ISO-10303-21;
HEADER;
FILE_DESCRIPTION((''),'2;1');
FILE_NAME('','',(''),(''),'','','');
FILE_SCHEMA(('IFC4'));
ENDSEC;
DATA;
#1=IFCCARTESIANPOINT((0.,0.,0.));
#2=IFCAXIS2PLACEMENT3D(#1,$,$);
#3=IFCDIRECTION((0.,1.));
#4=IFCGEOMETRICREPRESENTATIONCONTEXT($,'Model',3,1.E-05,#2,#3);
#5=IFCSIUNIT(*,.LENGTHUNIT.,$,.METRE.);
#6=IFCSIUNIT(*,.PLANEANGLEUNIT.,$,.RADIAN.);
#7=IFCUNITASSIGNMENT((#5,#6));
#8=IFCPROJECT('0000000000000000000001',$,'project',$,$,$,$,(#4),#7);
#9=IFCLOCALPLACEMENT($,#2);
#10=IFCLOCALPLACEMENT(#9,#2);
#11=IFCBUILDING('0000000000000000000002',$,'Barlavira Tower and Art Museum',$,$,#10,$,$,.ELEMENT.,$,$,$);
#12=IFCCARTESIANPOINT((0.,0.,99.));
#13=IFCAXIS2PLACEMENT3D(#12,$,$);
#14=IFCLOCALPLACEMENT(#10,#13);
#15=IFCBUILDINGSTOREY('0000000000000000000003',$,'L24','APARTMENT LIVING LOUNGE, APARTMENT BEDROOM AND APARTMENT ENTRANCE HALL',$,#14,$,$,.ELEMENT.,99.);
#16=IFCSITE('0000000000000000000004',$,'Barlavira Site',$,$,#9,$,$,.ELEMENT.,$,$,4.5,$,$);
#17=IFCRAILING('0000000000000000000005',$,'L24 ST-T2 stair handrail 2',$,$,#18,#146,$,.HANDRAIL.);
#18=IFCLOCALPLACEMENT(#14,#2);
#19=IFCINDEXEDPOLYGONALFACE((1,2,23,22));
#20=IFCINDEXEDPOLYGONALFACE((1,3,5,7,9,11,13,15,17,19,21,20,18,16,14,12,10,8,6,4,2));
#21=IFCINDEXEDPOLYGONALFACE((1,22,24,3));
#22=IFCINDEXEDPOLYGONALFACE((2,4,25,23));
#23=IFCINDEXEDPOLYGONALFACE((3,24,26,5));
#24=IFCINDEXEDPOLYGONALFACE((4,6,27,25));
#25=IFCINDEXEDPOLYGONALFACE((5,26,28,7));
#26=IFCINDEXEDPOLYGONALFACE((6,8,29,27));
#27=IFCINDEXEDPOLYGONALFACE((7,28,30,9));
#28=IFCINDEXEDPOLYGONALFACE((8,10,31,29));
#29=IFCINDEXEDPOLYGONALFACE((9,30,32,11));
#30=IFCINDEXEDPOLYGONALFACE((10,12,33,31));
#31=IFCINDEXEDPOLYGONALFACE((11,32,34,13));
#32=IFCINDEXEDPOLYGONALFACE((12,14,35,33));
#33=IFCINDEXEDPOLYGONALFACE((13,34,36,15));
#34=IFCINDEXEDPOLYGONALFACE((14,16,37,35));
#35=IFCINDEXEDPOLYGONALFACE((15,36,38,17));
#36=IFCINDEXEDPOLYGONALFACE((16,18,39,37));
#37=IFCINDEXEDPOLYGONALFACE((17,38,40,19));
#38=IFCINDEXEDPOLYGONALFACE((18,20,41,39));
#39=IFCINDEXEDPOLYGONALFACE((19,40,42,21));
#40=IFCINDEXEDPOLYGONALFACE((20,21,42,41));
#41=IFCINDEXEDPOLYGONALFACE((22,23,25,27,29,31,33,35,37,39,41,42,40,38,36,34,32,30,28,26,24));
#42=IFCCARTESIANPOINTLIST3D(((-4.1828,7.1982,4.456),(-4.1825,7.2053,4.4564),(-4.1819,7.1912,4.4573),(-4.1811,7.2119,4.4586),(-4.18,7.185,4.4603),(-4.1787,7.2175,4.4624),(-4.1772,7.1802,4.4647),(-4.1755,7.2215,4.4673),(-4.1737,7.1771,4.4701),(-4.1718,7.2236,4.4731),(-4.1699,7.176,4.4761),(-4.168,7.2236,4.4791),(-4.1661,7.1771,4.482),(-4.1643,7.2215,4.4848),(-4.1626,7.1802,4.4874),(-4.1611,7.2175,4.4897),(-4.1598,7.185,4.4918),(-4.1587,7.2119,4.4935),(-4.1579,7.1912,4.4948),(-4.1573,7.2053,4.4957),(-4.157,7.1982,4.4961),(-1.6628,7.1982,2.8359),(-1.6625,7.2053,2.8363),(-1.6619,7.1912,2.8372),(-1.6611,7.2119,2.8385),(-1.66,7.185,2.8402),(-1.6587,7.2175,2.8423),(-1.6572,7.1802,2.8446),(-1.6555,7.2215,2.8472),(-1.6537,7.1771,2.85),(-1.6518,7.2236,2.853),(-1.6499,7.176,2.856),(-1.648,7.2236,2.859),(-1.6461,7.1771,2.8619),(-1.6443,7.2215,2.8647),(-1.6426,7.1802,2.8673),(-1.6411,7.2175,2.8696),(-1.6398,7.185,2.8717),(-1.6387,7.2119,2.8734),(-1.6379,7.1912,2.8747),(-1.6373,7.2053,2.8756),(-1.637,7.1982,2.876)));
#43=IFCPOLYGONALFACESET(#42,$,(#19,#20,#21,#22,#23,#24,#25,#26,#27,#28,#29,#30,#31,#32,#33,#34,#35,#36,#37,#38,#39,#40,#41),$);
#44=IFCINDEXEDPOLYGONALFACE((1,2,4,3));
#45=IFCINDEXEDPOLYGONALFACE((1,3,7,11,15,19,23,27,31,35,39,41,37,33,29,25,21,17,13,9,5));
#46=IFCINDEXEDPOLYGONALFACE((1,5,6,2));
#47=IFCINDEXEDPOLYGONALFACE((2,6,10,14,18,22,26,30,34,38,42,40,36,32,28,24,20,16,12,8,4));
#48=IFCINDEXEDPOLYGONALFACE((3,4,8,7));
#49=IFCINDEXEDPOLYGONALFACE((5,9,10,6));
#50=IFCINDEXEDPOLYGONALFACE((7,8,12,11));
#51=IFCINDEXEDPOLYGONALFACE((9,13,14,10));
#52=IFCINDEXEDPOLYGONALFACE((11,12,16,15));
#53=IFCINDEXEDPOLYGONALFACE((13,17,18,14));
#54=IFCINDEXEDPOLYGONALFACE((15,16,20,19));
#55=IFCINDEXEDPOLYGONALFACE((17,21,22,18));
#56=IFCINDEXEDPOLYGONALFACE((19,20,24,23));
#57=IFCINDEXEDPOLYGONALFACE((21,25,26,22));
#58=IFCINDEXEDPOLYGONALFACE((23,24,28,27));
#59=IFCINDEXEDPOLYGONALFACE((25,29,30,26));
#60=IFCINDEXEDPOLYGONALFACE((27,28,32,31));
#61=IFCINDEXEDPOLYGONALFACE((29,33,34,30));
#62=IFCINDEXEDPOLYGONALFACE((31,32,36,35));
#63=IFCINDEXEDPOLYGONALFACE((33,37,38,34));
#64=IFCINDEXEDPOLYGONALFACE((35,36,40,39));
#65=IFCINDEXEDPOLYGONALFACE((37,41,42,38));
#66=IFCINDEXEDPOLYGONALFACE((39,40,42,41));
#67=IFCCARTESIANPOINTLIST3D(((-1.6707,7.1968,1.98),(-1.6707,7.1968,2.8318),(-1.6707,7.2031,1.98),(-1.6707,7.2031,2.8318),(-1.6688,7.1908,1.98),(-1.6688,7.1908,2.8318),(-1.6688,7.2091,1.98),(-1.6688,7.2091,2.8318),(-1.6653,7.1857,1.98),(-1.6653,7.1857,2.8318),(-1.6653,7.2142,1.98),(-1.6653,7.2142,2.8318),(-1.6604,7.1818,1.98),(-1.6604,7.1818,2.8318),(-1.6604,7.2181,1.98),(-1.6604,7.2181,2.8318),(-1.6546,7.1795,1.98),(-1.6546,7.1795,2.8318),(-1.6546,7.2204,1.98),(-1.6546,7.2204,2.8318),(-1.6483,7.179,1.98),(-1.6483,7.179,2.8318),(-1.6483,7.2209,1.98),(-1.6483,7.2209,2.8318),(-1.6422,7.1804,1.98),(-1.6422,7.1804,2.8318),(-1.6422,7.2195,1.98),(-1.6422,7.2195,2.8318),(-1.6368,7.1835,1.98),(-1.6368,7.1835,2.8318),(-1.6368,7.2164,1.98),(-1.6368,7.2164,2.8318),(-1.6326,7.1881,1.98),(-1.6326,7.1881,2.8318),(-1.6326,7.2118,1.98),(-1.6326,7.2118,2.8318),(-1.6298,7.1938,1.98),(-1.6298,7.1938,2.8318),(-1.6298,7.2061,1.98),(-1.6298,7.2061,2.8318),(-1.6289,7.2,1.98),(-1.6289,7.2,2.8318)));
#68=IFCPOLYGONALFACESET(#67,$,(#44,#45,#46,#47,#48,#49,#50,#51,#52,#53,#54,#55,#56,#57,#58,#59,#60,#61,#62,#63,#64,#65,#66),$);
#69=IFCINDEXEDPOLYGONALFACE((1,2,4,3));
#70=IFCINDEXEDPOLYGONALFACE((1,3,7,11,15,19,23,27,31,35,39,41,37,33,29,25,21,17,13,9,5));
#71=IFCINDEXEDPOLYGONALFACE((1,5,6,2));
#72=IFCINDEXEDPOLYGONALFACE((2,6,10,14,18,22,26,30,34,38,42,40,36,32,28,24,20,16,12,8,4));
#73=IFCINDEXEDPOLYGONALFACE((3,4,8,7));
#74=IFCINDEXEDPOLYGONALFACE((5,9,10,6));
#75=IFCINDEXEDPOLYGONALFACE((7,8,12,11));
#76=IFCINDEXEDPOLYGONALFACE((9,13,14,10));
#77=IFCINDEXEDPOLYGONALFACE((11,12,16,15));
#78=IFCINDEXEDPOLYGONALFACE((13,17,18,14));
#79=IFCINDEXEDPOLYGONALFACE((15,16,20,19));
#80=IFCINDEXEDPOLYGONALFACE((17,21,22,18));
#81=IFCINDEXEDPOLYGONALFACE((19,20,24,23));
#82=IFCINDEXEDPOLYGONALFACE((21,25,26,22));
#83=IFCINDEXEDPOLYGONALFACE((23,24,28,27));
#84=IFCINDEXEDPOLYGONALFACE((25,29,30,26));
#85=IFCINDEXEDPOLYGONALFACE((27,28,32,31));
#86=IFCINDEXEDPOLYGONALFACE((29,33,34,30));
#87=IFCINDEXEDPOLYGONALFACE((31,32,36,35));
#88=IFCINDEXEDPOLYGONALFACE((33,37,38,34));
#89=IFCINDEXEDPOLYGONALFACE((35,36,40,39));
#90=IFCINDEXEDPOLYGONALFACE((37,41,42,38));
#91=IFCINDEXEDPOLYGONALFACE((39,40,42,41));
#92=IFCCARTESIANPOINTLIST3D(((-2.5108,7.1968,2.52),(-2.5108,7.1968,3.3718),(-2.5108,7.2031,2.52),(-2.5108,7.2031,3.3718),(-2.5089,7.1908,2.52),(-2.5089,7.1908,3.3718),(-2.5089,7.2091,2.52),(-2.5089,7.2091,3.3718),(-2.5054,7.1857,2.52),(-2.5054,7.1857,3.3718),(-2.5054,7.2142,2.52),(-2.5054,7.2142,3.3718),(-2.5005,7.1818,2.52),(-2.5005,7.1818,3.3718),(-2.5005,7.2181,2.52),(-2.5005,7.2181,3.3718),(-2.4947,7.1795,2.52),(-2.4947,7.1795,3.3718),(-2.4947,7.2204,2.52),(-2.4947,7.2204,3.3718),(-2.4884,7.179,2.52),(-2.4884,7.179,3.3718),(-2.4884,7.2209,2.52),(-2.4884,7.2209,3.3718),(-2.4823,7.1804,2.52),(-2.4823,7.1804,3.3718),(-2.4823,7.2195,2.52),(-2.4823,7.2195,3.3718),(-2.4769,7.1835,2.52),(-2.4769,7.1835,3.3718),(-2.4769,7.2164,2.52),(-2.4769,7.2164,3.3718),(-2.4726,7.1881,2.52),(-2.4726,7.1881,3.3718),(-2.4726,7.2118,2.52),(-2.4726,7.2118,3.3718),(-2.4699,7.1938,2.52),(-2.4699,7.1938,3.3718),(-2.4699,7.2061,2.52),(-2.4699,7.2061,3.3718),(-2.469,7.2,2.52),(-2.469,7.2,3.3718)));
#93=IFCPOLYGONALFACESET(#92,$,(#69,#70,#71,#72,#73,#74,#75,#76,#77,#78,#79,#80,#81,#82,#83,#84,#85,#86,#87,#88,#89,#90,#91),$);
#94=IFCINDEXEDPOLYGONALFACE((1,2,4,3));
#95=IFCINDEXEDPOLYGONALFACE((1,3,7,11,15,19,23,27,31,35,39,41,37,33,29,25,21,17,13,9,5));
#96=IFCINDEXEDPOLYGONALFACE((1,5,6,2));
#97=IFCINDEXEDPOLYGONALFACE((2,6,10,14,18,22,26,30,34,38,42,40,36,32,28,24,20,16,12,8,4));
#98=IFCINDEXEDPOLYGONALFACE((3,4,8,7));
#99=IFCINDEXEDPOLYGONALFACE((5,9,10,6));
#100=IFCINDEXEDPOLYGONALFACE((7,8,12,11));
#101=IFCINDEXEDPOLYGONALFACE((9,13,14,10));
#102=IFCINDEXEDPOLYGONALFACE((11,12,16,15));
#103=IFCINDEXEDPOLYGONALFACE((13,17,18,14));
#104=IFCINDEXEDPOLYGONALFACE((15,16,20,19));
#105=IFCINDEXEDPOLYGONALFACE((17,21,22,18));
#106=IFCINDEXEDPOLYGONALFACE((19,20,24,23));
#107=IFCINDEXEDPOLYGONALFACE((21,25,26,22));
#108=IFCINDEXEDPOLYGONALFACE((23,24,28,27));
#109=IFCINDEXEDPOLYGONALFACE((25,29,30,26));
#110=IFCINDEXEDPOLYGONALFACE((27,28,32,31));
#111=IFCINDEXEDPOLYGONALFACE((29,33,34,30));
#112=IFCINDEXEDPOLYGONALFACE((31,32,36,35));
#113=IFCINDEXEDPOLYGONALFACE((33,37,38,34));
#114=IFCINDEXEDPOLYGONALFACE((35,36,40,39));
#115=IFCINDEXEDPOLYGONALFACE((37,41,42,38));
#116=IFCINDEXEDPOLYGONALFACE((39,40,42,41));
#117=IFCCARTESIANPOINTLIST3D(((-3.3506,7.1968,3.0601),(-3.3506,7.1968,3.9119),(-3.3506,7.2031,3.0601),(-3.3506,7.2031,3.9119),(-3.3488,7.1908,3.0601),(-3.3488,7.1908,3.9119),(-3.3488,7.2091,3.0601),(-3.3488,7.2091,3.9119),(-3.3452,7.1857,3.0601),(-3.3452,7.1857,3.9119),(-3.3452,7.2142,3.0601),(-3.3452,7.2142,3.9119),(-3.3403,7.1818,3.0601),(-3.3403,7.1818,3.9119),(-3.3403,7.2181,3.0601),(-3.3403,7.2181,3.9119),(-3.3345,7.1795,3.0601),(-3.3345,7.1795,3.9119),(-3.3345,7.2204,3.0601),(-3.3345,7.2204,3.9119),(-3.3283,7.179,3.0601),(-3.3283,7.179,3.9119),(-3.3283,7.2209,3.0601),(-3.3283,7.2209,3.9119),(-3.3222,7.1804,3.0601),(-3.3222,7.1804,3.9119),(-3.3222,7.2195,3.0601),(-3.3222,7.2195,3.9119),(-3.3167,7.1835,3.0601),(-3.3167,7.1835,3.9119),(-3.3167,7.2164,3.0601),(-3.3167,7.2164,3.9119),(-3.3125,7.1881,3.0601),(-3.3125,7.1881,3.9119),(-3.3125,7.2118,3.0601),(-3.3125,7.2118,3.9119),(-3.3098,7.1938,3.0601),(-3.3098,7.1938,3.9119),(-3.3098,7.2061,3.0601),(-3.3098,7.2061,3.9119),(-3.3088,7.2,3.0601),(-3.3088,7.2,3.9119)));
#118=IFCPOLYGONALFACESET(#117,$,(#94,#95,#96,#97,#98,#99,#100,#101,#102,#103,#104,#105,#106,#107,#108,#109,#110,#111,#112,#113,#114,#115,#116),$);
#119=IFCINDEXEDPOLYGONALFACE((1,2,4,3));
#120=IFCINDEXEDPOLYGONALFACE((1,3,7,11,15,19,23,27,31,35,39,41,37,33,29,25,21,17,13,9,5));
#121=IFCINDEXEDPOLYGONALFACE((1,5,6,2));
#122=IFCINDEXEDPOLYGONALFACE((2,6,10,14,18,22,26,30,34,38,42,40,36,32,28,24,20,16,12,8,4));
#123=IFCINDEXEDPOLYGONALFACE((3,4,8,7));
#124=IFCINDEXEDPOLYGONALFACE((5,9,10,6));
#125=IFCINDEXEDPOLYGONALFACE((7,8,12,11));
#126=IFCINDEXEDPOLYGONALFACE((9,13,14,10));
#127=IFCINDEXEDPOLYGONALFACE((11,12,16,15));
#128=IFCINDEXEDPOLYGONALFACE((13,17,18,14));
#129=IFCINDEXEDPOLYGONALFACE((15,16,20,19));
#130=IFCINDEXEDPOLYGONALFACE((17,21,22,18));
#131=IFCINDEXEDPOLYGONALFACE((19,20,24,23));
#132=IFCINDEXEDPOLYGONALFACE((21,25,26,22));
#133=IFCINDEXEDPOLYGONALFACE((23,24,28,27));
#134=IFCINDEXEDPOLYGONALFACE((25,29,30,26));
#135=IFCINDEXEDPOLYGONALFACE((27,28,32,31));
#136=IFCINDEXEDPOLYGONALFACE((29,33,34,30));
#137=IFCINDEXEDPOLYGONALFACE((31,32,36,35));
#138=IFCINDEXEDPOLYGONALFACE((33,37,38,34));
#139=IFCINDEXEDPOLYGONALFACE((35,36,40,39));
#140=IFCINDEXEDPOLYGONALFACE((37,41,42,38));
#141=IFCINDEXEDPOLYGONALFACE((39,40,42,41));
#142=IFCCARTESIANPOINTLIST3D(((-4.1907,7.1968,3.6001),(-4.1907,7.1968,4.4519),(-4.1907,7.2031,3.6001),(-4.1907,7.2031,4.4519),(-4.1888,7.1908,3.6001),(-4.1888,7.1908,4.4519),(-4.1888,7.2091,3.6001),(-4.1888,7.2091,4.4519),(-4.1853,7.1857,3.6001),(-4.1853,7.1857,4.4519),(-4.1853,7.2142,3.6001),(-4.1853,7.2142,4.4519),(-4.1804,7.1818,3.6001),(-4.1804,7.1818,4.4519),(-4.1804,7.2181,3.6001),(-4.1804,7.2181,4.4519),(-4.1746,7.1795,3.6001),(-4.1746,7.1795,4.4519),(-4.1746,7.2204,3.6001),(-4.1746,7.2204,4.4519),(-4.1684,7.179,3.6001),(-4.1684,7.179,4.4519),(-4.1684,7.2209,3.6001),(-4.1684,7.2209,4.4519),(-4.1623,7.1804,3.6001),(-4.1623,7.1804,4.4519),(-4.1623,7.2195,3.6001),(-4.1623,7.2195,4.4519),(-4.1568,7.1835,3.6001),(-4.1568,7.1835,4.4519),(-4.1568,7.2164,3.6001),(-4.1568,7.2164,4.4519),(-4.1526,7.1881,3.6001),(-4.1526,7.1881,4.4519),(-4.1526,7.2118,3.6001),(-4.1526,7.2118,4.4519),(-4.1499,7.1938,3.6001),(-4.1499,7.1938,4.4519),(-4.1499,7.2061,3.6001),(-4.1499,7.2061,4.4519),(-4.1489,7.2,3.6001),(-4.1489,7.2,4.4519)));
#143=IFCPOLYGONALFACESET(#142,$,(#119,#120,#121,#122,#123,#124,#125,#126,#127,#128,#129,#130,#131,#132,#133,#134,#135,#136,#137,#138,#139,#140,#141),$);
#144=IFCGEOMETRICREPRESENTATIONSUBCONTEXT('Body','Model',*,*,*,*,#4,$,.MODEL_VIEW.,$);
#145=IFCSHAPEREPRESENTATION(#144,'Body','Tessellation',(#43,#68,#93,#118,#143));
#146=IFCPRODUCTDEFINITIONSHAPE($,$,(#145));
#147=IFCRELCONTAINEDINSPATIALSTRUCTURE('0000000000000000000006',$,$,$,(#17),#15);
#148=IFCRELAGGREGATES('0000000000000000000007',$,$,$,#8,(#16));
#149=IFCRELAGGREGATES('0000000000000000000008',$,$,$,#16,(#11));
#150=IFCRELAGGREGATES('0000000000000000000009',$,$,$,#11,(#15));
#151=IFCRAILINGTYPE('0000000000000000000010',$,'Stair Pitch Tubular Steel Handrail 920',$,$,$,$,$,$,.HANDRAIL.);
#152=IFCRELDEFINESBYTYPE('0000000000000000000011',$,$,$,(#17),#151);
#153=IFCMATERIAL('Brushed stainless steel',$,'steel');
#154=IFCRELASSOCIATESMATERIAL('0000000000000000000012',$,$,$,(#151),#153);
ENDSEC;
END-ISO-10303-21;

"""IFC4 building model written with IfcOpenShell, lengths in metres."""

from ifc_helpers import new_model, si_unit, direction, frame, origin, origin_2d, place, context, subcontext, project, spatial, circle, extrude, material, type_object, element, save


model = new_model("IFC4")

# Units and contexts
model_context = context("Model", 3, precision=1e-05, world=origin(), true_north=direction((0.0, 1.0)))
body_context = subcontext(model_context, "Body", "Model", "MODEL_VIEW")
ifc_project = project(units=[si_unit("LENGTHUNIT", "METRE"), si_unit("PLANEANGLEUNIT", "RADIAN")], contexts=[model_context])

# Site, building, storey
site_placement = place(None, origin())
site = spatial("IfcSite", under=ifc_project, at=site_placement, Name="Barlavira Site", CompositionType="ELEMENT", RefElevation=4.5)
building_placement = place(site_placement, origin())
building = spatial("IfcBuilding", under=site, at=building_placement, Name="Barlavira Tower and Art Museum", CompositionType="ELEMENT")
storey_placement = place(building_placement, frame((0.0, 0.0, 99.0)))
storey = spatial("IfcBuildingStorey", under=building, at=storey_placement, Name="L24", Description="APARTMENT LIVING LOUNGE, APARTMENT BEDROOM AND APARTMENT ENTRANCE HALL", CompositionType="ELEMENT", Elevation=99.0)

# Shared definitions
ifc_material_1 = material(Name="Brushed stainless steel", Category="steel")

# Railing
railing_type_1 = type_object("IfcRailingType", Name="Stair Pitch Tubular Steel Handrail 920", PredefinedType="HANDRAIL", material=ifc_material_1)
railing_1_placement = place(storey_placement, frame((-1.6499, 7.2, 1.98)))
element("IfcRailing", 1, at=railing_1_placement, inside=storey, type_object=railing_type_1, Name="L24 ST-T2 stair handrail 2", PredefinedType="HANDRAIL", context=body_context, shape_type="SweptSolid", body=[
    extrude(circle(Radius=0.0239, at=origin_2d()), frame((0.0, 0.0, 0.876), z_axis=(-0.841163, 0.0, 0.540782), x_axis=(0.0, -1.0, 0.0)), (0.0, 0.0, 1.0), 2.9958),
    extrude(circle(Radius=0.021, at=origin_2d()), origin(), (0.0, 0.0, 1.0), 0.8518),
    extrude(circle(Radius=0.021, at=origin_2d()), frame((-0.8401, 0.0, 0.54)), (0.0, 0.0, 1.0), 0.8518),
    extrude(circle(Radius=0.021, at=origin_2d()), frame((-1.6799, 0.0, 1.0801)), (0.0, 0.0, 1.0), 0.8518),
    extrude(circle(Radius=0.021, at=origin_2d()), frame((-2.52, 0.0, 1.6201)), (0.0, 0.0, 1.0), 0.8518),
])

save(model, "model.ifc")
